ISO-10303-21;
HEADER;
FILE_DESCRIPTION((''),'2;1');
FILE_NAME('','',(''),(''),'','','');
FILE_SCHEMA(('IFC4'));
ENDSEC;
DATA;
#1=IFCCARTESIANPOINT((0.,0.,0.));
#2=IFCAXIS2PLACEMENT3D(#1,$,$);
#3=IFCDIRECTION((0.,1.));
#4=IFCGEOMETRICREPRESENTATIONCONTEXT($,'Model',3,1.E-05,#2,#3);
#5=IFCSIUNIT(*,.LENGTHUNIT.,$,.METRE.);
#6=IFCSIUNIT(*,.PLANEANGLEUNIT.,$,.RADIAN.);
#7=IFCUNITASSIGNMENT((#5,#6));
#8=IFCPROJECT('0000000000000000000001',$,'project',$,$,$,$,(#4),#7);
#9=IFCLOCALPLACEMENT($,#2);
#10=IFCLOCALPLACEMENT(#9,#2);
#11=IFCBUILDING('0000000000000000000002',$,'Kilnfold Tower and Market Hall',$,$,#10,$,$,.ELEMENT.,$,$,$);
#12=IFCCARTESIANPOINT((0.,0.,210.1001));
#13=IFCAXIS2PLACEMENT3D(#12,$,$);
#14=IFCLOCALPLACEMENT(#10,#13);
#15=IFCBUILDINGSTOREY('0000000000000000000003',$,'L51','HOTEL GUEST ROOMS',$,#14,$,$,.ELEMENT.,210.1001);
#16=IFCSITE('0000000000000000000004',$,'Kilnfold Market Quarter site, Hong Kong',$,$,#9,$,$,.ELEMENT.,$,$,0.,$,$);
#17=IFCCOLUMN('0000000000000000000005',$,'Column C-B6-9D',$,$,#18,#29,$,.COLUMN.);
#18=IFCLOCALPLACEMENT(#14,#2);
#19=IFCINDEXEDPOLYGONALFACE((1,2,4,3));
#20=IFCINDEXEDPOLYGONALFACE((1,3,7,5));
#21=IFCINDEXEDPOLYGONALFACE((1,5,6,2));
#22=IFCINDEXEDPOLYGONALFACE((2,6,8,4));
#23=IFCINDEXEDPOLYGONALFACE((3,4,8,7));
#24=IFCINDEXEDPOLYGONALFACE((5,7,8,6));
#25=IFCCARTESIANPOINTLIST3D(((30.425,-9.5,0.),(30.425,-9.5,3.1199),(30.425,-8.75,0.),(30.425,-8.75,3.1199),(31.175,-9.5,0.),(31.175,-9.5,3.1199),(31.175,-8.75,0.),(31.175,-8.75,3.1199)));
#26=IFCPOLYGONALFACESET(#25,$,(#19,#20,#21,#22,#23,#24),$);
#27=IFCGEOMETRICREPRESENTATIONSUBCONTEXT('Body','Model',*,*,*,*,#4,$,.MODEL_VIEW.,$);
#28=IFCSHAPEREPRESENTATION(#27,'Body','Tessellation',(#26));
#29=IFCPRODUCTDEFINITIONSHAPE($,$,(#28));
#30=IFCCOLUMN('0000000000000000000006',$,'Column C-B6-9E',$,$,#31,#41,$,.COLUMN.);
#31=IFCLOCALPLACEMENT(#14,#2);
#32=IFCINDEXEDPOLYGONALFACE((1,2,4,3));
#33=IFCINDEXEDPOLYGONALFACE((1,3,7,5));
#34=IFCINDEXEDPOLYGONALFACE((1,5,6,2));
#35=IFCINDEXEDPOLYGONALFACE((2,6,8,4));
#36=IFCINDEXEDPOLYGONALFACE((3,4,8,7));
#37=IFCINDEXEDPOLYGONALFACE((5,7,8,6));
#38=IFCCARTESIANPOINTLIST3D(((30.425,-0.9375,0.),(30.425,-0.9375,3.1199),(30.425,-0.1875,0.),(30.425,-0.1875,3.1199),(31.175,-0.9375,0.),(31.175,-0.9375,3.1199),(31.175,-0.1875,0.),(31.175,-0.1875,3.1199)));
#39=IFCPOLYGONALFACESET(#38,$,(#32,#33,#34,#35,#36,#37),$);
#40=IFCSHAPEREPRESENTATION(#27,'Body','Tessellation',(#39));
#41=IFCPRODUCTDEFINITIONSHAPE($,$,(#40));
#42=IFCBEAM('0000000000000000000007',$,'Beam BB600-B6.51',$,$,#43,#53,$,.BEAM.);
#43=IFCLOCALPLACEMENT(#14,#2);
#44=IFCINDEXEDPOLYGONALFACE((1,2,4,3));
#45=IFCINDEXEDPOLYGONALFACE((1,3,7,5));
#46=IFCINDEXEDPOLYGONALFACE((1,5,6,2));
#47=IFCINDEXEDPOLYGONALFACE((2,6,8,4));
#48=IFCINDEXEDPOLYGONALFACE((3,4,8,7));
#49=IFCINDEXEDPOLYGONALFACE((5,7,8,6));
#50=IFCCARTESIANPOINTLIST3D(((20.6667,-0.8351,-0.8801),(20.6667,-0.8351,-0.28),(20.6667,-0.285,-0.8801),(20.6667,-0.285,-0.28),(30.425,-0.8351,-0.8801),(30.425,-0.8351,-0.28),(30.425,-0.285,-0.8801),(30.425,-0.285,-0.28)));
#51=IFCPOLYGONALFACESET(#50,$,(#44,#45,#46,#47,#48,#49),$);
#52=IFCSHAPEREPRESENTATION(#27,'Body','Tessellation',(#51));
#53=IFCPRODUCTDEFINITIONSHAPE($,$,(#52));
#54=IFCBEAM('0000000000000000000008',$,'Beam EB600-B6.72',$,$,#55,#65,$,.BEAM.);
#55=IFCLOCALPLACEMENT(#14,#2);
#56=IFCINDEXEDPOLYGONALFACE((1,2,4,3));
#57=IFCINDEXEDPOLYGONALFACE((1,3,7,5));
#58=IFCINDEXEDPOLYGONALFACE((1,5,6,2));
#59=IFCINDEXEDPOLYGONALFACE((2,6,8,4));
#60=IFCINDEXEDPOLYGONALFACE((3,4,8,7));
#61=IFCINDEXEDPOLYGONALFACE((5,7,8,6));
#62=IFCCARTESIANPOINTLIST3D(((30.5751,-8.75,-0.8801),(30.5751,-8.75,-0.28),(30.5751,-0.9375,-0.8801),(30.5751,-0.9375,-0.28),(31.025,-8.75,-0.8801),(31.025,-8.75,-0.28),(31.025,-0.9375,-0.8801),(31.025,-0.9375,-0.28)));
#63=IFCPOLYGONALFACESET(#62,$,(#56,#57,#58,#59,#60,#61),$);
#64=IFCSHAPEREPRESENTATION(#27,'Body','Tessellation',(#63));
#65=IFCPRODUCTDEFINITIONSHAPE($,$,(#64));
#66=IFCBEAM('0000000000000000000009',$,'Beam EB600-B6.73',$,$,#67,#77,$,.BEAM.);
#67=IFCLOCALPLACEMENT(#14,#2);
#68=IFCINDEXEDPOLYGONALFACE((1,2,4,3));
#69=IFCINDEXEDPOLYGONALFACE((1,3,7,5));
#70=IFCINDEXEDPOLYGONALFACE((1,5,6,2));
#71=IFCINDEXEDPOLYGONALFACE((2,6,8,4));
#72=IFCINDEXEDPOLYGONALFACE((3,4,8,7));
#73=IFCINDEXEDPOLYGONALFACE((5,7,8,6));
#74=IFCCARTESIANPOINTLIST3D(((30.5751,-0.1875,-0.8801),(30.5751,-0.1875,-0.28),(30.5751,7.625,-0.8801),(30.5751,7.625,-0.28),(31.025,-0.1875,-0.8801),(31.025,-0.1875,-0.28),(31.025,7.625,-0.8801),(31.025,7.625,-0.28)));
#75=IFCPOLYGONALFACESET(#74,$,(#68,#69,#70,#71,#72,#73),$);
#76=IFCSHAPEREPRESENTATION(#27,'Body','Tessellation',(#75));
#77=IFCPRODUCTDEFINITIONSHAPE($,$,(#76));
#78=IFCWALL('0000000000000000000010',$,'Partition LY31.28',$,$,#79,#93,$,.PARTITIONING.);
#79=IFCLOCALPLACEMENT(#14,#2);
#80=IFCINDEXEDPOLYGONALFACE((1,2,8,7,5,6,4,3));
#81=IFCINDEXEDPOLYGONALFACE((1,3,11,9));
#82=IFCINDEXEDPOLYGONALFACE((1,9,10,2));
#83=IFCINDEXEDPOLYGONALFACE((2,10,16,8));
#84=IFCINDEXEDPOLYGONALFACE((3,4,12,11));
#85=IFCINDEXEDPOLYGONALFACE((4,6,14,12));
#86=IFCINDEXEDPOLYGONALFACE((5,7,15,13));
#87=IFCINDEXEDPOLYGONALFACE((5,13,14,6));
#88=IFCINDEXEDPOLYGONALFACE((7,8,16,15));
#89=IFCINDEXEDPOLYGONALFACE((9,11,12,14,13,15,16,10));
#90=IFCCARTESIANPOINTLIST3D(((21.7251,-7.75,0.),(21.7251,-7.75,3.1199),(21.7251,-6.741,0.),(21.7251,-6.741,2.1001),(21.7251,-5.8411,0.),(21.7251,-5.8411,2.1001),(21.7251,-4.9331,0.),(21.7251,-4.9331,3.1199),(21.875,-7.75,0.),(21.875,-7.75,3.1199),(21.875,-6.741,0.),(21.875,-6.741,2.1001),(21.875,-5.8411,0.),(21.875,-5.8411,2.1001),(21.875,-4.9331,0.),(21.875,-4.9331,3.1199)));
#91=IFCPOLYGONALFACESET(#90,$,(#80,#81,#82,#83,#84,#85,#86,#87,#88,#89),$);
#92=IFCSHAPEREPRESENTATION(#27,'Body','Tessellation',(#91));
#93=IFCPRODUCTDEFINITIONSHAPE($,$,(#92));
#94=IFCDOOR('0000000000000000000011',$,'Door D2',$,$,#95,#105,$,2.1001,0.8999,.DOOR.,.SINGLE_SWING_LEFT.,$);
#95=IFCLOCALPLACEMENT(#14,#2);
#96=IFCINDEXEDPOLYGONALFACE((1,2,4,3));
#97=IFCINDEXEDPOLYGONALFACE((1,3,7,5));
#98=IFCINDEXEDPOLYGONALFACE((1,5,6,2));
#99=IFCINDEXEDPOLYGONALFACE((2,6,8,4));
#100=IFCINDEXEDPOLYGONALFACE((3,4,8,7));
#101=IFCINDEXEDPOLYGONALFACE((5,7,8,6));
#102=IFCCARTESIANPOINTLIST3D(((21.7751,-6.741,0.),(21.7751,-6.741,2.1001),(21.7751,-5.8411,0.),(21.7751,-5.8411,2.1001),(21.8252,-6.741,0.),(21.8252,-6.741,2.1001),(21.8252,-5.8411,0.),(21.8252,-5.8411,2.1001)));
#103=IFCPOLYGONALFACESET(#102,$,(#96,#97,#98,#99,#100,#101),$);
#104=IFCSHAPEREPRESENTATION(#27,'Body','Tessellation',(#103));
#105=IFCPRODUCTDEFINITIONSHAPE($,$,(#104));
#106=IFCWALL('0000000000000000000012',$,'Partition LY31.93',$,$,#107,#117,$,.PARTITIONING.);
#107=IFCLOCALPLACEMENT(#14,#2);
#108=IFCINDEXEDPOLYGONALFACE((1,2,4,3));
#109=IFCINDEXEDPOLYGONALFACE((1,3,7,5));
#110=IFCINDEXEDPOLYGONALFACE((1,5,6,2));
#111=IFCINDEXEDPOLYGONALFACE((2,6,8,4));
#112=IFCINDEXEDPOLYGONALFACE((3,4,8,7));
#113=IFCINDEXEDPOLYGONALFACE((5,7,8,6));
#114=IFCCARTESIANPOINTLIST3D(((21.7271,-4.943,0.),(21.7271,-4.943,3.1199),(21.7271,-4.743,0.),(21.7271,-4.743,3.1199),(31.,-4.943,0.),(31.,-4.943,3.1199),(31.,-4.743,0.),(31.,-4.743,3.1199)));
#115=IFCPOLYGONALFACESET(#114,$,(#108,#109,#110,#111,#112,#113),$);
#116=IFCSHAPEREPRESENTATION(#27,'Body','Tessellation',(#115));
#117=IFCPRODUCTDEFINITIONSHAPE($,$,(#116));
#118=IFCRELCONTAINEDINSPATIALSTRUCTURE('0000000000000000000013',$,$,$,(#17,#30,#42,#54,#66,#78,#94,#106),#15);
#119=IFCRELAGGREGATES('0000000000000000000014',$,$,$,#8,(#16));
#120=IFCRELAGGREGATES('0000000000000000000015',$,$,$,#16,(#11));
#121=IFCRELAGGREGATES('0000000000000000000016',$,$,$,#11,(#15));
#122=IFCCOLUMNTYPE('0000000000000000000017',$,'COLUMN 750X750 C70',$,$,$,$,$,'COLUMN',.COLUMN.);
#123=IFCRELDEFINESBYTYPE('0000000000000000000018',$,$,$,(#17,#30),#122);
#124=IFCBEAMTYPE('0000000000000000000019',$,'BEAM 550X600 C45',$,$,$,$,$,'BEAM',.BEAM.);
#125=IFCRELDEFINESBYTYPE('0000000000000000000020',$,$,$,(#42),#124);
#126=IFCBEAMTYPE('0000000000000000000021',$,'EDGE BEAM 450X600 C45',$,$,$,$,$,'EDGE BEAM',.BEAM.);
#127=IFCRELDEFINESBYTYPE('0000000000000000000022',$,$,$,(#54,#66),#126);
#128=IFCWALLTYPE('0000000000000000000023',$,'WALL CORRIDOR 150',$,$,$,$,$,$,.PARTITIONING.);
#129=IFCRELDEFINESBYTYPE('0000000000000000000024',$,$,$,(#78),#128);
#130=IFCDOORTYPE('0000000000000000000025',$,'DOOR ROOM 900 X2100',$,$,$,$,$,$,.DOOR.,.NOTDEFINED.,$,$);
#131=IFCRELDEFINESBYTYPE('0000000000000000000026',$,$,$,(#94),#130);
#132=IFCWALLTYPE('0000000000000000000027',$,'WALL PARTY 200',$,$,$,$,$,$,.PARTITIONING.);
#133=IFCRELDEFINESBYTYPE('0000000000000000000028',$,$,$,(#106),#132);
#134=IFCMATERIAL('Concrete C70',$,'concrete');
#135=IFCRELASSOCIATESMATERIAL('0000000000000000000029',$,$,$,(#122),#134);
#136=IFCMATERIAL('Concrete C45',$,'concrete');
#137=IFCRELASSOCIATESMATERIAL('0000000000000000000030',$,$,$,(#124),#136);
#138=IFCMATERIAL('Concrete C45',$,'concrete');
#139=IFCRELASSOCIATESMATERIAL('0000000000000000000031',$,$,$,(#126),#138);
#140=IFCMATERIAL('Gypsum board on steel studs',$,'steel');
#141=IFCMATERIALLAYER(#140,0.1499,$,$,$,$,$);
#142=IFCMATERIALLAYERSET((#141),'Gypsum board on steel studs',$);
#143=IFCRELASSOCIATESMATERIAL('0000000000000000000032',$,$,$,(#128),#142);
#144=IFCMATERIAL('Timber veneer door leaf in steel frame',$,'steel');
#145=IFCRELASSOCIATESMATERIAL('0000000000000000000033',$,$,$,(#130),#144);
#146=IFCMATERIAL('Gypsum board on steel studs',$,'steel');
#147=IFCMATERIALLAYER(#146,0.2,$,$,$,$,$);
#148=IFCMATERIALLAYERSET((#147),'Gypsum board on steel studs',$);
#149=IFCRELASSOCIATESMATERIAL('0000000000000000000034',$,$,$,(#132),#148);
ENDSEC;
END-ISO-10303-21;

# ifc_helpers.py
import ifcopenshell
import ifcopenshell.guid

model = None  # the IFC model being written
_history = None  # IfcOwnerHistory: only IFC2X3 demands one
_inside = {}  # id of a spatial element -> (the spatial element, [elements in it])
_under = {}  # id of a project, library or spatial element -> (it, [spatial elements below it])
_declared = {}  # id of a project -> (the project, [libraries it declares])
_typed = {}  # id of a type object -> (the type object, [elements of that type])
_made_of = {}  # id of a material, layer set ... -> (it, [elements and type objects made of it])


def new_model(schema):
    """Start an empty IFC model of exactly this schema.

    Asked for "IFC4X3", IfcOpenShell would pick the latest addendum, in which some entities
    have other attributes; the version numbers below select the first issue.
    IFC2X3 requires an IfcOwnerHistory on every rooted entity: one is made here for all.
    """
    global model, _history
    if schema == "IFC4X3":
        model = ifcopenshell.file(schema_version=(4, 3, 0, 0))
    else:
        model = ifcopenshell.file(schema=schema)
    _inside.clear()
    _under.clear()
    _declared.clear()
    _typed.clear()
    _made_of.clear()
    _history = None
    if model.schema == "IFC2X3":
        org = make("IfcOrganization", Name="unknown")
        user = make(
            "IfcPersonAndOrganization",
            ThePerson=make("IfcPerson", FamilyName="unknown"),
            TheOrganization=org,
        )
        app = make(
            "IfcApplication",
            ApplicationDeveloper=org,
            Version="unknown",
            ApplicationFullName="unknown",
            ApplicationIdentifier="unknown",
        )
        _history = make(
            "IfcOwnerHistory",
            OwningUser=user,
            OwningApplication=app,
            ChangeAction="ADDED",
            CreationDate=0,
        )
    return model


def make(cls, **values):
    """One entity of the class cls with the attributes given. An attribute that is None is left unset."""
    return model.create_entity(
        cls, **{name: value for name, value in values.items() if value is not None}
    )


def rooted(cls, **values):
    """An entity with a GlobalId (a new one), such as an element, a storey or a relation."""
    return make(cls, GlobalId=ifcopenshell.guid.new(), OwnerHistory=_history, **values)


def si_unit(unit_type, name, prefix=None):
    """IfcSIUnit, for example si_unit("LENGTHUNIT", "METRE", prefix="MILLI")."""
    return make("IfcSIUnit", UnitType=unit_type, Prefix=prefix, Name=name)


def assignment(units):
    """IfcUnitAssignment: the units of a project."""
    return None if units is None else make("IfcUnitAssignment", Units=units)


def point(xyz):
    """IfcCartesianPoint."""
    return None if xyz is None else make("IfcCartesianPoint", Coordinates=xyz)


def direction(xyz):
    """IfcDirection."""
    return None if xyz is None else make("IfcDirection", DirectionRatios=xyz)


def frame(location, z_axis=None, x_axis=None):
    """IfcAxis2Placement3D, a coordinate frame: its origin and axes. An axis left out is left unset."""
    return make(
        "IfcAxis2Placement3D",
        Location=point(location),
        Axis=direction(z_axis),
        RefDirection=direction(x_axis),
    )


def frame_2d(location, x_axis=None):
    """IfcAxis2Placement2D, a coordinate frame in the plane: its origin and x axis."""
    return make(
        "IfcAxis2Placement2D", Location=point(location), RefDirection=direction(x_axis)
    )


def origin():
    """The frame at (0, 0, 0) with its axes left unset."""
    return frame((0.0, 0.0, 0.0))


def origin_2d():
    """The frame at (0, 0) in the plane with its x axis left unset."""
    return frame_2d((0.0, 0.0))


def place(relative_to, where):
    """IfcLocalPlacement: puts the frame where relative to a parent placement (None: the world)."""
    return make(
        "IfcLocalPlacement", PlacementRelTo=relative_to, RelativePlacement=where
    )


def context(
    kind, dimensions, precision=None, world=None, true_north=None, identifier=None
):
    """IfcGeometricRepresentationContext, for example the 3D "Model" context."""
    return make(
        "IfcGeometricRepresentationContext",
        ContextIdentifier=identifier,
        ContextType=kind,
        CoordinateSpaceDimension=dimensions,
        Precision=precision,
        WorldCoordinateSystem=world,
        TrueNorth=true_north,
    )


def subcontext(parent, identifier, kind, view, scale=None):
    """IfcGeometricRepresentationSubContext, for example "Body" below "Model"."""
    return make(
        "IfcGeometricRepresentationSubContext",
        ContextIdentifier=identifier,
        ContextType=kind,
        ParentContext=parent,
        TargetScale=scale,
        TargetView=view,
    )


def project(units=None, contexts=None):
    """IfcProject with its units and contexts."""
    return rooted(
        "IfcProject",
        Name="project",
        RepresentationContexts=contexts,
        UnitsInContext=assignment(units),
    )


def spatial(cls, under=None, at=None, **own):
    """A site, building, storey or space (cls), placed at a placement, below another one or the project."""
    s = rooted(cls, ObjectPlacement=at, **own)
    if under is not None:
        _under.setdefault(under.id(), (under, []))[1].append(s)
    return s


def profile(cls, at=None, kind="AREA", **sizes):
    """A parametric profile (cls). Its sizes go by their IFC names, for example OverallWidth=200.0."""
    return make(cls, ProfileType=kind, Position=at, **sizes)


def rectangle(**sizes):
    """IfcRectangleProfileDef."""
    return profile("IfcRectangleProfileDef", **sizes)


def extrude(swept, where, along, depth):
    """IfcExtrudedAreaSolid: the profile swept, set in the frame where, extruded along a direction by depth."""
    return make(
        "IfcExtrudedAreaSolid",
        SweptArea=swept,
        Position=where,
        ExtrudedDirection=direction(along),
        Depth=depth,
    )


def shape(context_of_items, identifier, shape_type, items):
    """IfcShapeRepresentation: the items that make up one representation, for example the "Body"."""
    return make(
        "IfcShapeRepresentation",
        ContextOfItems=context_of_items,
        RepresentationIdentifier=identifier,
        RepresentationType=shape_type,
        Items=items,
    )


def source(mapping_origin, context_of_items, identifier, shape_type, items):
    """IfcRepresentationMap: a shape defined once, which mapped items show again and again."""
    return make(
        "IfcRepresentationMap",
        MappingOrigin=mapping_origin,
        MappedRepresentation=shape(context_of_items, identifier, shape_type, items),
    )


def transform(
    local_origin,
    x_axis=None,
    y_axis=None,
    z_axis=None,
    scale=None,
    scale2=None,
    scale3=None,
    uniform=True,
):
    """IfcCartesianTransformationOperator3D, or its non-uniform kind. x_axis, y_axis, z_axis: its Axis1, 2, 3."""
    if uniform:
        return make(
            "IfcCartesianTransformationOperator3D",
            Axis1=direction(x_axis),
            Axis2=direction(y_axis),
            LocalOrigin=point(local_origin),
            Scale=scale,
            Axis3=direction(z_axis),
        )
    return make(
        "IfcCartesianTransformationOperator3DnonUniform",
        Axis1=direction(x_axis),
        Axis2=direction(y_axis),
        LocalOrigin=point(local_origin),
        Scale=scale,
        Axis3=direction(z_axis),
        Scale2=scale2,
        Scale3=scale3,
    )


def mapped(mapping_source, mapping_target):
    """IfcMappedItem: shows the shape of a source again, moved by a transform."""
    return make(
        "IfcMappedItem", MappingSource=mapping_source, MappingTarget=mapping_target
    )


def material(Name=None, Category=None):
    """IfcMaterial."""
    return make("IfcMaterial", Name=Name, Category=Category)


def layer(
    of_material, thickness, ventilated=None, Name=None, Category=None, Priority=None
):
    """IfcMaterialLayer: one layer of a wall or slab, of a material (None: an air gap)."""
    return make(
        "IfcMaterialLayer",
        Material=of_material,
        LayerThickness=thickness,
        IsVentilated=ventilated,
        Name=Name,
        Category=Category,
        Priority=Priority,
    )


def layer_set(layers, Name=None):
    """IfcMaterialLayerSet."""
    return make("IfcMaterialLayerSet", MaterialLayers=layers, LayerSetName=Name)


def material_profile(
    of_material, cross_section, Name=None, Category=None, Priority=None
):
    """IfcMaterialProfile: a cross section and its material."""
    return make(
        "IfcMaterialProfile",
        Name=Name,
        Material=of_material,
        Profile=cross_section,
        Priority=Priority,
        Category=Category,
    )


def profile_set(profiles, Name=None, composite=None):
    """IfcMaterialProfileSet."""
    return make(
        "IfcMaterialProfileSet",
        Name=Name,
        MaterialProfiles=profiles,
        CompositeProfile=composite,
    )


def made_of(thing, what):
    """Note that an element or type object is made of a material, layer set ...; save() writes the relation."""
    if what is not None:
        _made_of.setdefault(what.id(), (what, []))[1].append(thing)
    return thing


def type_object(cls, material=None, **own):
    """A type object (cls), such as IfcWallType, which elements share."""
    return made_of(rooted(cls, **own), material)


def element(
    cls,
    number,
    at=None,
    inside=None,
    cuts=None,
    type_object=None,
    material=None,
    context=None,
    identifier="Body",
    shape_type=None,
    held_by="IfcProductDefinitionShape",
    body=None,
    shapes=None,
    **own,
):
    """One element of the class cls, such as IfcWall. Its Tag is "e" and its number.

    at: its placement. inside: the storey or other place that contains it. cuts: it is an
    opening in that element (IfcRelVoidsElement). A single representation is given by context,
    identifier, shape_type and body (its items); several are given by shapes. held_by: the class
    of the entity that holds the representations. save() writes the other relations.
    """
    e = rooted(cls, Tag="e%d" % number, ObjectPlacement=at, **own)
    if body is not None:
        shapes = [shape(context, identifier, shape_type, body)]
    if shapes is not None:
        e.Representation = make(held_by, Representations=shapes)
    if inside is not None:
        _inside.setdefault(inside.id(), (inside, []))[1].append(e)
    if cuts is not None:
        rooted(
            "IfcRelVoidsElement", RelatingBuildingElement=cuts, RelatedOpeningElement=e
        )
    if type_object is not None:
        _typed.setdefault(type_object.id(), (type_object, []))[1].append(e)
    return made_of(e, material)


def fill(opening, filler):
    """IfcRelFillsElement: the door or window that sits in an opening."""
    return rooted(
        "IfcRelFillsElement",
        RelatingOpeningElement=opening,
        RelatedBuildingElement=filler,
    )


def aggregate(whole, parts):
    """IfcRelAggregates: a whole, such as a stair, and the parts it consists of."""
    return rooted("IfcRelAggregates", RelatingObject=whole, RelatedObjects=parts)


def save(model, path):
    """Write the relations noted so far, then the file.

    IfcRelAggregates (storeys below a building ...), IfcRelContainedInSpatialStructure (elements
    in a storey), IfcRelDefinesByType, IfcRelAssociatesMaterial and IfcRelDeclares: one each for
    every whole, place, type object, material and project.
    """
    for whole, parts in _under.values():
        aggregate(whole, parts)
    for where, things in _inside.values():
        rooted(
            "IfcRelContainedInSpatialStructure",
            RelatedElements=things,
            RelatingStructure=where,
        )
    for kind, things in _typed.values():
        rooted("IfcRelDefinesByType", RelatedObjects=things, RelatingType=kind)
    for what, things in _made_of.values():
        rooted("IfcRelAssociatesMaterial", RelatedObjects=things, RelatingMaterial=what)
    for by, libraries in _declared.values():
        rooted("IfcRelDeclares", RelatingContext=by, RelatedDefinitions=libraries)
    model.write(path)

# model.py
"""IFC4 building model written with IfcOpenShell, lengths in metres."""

from ifc_helpers import new_model, si_unit, direction, frame, frame_2d, origin, origin_2d, place, context, subcontext, project, spatial, rectangle, extrude, source, transform, mapped, material, layer, layer_set, material_profile, profile_set, type_object, element, fill, save


model = new_model("IFC4")

# Units and contexts
model_context = context("Model", 3, precision=1e-05, world=origin(), true_north=direction((0.0, 1.0)))
body_context = subcontext(model_context, "Body", "Model", "MODEL_VIEW")
ifc_project = project(units=[si_unit("LENGTHUNIT", "METRE"), si_unit("PLANEANGLEUNIT", "RADIAN")], contexts=[model_context])

# Site, building, storey
site_placement = place(None, origin())
site = spatial("IfcSite", under=ifc_project, at=site_placement, Name="Kilnfold Market Quarter site, Hong Kong", CompositionType="ELEMENT", RefElevation=0.0)
building_placement = place(site_placement, origin())
building = spatial("IfcBuilding", under=site, at=building_placement, Name="Kilnfold Tower and Market Hall", CompositionType="ELEMENT")
storey_placement = place(building_placement, frame((0.0, 0.0, 210.1001)))
storey = spatial("IfcBuildingStorey", under=building, at=storey_placement, Name="L51", Description="HOTEL GUEST ROOMS", CompositionType="ELEMENT", Elevation=210.1001)

# Columns
ifc_material_1 = material(Name="Concrete C70", Category="concrete")
ifc_material_profile_1 = material_profile(ifc_material_1, rectangle(XDim=0.75, YDim=0.75, at=origin_2d()), Name="RC 750x750")
ifc_profile_set_1 = profile_set([ifc_material_profile_1], Name="Concrete C70")
column_type = type_object("IfcColumnType", Name="COLUMN 750X750 C70", ElementType="COLUMN", PredefinedType="COLUMN", material=ifc_profile_set_1)
shared_shape_1 = source(origin(), body_context, "Body", "SweptSolid", [
    extrude(rectangle(XDim=0.75, YDim=0.75, at=origin_2d()), origin(), (0.0, 0.0, 1.0), 3.1199),
])
for number, where, z_axis, x_axis, name in (
    (1, (30.8, -9.125, 0.0), (0.0, 0.0, 1.0), (1.0, 0.0, 0.0), "Column C-B6-9D"),
    (2, (30.8, -0.5625, 0.0), (0.0, 0.0, 1.0), (1.0, 0.0, 0.0), "Column C-B6-9E"),
):
    element("IfcColumn", number, at=place(storey_placement, frame(where, z_axis=z_axis, x_axis=x_axis)), inside=storey, type_object=column_type, Name=name, PredefinedType="COLUMN", context=body_context, shape_type="MappedRepresentation", body=[
        mapped(shared_shape_1, transform((0.0, 0.0, 0.0))),
    ])

# Beams
ifc_material_2 = material(Name="Concrete C45", Category="concrete")
ifc_material_profile_2 = material_profile(ifc_material_2, rectangle(XDim=0.55, YDim=0.6001, at=origin_2d()), Name="RC 550x600")
ifc_profile_set_2 = profile_set([ifc_material_profile_2], Name="Concrete C45")
beam_type_1 = type_object("IfcBeamType", Name="BEAM 550X600 C45", ElementType="BEAM", PredefinedType="BEAM", material=ifc_profile_set_2)
shared_shape_2 = source(origin(), body_context, "Body", "SweptSolid", [
    extrude(rectangle(XDim=0.55, YDim=0.6001, at=origin_2d()), origin(), (0.0, 0.0, 1.0), 9.7583),
])
beam_placement = place(storey_placement, frame((20.6667, -0.5601, -0.5801), z_axis=(1.0, 0.0, 0.0), x_axis=(0.0, 1.0, 0.0)))
element("IfcBeam", 3, at=beam_placement, inside=storey, type_object=beam_type_1, Name="Beam BB600-B6.51", PredefinedType="BEAM", context=body_context, shape_type="MappedRepresentation", body=[
    mapped(shared_shape_2, transform((0.0, 0.0, 0.0))),
])
ifc_material_3 = material(Name="Concrete C45", Category="concrete")
ifc_material_profile_3 = material_profile(ifc_material_3, rectangle(XDim=0.45, YDim=0.6001, at=origin_2d()), Name="RC 450x600")
ifc_profile_set_3 = profile_set([ifc_material_profile_3], Name="Concrete C45")
beam_type_2 = type_object("IfcBeamType", Name="EDGE BEAM 450X600 C45", ElementType="EDGE BEAM", PredefinedType="BEAM", material=ifc_profile_set_3)
shared_shape_3 = source(origin(), body_context, "Body", "SweptSolid", [
    extrude(rectangle(XDim=0.45, YDim=0.6001, at=origin_2d()), origin(), (0.0, 0.0, 1.0), 7.8125),
])
for number, where, z_axis, x_axis, name in (
    (4, (30.8, -8.75, -0.5801), (0.0, 1.0, 0.0), (-1.0, 0.0, 0.0), "Beam EB600-B6.72"),
    (5, (30.8, -0.1875, -0.5801), (0.0, 1.0, 0.0), (-1.0, 0.0, 0.0), "Beam EB600-B6.73"),
):
    element("IfcBeam", number, at=place(storey_placement, frame(where, z_axis=z_axis, x_axis=x_axis)), inside=storey, type_object=beam_type_2, Name=name, PredefinedType="BEAM", context=body_context, shape_type="MappedRepresentation", body=[
        mapped(shared_shape_3, transform((0.0, 0.0, 0.0))),
    ])

# Wall, opening, door
ifc_material_4 = material(Name="Gypsum board on steel studs", Category="steel")
ifc_layer_1 = layer(ifc_material_4, 0.1499)
ifc_layer_set_1 = layer_set([ifc_layer_1], Name="Gypsum board on steel studs")
wall_type_1 = type_object("IfcWallType", Name="WALL CORRIDOR 150", PredefinedType="PARTITIONING", material=ifc_layer_set_1)
wall_1_placement = place(storey_placement, frame((21.8, -7.75, 0.0), z_axis=(0.0, 0.0, 1.0), x_axis=(0.0, 1.0, 0.0)))
wall_1 = element("IfcWall", 6, at=wall_1_placement, inside=storey, type_object=wall_type_1, Name="Partition LY31.28", PredefinedType="PARTITIONING", context=body_context, shape_type="SweptSolid", body=[
    extrude(rectangle(XDim=2.8169, YDim=0.1499, at=frame_2d((1.4084, 0.0))), origin(), (0.0, 0.0, 1.0), 3.1199),
])
opening_1_placement = place(wall_1_placement, frame((1.009, 0.0, 0.0)))
opening_1 = element("IfcOpeningElement", 7, at=opening_1_placement, cuts=wall_1, PredefinedType="OPENING", context=body_context, shape_type="SweptSolid", body=[
    extrude(rectangle(XDim=0.8999, YDim=2.1001, at=frame_2d((0.45, 1.05))), frame((0.0, 0.085, 0.0), z_axis=(0.0, -1.0, 0.0), x_axis=(1.0, 0.0, 0.0)), (0.0, 0.0, 1.0), 0.1699),
])
ifc_material_5 = material(Name="Timber veneer door leaf in steel frame", Category="steel")
door_type_1 = type_object("IfcDoorType", Name="DOOR ROOM 900 X2100", OperationType="NOTDEFINED", PredefinedType="DOOR", material=ifc_material_5)
door_1_placement = place(opening_1_placement, origin())
door_1 = element("IfcDoor", 8, at=door_1_placement, inside=storey, type_object=door_type_1, Name="Door D2", OperationType="SINGLE_SWING_LEFT", OverallHeight=2.1001, OverallWidth=0.8999, PredefinedType="DOOR", context=body_context, shape_type="SweptSolid", body=[
    extrude(rectangle(XDim=0.8999, YDim=2.1001, at=frame_2d((0.45, 1.05))), frame((0.0, 0.0249, 0.0), z_axis=(0.0, -1.0, 0.0), x_axis=(1.0, 0.0, 0.0)), (0.0, 0.0, 1.0), 0.05),
])
fill(opening_1, door_1)

# Wall
ifc_material_6 = material(Name="Gypsum board on steel studs", Category="steel")
ifc_layer_2 = layer(ifc_material_6, 0.2)
ifc_layer_set_2 = layer_set([ifc_layer_2], Name="Gypsum board on steel studs")
wall_type_2 = type_object("IfcWallType", Name="WALL PARTY 200", PredefinedType="PARTITIONING", material=ifc_layer_set_2)
wall_2_placement = place(storey_placement, frame((21.7271, -4.843, 0.0), z_axis=(0.0, 0.0, 1.0), x_axis=(1.0, 0.0, 0.0)))
element("IfcWall", 9, at=wall_2_placement, inside=storey, type_object=wall_type_2, Name="Partition LY31.93", PredefinedType="PARTITIONING", context=body_context, shape_type="SweptSolid", body=[
    extrude(rectangle(XDim=9.2729, YDim=0.2, at=frame_2d((4.6365, 0.0))), origin(), (0.0, 0.0, 1.0), 3.1199),
])

save(model, "model.ifc")
